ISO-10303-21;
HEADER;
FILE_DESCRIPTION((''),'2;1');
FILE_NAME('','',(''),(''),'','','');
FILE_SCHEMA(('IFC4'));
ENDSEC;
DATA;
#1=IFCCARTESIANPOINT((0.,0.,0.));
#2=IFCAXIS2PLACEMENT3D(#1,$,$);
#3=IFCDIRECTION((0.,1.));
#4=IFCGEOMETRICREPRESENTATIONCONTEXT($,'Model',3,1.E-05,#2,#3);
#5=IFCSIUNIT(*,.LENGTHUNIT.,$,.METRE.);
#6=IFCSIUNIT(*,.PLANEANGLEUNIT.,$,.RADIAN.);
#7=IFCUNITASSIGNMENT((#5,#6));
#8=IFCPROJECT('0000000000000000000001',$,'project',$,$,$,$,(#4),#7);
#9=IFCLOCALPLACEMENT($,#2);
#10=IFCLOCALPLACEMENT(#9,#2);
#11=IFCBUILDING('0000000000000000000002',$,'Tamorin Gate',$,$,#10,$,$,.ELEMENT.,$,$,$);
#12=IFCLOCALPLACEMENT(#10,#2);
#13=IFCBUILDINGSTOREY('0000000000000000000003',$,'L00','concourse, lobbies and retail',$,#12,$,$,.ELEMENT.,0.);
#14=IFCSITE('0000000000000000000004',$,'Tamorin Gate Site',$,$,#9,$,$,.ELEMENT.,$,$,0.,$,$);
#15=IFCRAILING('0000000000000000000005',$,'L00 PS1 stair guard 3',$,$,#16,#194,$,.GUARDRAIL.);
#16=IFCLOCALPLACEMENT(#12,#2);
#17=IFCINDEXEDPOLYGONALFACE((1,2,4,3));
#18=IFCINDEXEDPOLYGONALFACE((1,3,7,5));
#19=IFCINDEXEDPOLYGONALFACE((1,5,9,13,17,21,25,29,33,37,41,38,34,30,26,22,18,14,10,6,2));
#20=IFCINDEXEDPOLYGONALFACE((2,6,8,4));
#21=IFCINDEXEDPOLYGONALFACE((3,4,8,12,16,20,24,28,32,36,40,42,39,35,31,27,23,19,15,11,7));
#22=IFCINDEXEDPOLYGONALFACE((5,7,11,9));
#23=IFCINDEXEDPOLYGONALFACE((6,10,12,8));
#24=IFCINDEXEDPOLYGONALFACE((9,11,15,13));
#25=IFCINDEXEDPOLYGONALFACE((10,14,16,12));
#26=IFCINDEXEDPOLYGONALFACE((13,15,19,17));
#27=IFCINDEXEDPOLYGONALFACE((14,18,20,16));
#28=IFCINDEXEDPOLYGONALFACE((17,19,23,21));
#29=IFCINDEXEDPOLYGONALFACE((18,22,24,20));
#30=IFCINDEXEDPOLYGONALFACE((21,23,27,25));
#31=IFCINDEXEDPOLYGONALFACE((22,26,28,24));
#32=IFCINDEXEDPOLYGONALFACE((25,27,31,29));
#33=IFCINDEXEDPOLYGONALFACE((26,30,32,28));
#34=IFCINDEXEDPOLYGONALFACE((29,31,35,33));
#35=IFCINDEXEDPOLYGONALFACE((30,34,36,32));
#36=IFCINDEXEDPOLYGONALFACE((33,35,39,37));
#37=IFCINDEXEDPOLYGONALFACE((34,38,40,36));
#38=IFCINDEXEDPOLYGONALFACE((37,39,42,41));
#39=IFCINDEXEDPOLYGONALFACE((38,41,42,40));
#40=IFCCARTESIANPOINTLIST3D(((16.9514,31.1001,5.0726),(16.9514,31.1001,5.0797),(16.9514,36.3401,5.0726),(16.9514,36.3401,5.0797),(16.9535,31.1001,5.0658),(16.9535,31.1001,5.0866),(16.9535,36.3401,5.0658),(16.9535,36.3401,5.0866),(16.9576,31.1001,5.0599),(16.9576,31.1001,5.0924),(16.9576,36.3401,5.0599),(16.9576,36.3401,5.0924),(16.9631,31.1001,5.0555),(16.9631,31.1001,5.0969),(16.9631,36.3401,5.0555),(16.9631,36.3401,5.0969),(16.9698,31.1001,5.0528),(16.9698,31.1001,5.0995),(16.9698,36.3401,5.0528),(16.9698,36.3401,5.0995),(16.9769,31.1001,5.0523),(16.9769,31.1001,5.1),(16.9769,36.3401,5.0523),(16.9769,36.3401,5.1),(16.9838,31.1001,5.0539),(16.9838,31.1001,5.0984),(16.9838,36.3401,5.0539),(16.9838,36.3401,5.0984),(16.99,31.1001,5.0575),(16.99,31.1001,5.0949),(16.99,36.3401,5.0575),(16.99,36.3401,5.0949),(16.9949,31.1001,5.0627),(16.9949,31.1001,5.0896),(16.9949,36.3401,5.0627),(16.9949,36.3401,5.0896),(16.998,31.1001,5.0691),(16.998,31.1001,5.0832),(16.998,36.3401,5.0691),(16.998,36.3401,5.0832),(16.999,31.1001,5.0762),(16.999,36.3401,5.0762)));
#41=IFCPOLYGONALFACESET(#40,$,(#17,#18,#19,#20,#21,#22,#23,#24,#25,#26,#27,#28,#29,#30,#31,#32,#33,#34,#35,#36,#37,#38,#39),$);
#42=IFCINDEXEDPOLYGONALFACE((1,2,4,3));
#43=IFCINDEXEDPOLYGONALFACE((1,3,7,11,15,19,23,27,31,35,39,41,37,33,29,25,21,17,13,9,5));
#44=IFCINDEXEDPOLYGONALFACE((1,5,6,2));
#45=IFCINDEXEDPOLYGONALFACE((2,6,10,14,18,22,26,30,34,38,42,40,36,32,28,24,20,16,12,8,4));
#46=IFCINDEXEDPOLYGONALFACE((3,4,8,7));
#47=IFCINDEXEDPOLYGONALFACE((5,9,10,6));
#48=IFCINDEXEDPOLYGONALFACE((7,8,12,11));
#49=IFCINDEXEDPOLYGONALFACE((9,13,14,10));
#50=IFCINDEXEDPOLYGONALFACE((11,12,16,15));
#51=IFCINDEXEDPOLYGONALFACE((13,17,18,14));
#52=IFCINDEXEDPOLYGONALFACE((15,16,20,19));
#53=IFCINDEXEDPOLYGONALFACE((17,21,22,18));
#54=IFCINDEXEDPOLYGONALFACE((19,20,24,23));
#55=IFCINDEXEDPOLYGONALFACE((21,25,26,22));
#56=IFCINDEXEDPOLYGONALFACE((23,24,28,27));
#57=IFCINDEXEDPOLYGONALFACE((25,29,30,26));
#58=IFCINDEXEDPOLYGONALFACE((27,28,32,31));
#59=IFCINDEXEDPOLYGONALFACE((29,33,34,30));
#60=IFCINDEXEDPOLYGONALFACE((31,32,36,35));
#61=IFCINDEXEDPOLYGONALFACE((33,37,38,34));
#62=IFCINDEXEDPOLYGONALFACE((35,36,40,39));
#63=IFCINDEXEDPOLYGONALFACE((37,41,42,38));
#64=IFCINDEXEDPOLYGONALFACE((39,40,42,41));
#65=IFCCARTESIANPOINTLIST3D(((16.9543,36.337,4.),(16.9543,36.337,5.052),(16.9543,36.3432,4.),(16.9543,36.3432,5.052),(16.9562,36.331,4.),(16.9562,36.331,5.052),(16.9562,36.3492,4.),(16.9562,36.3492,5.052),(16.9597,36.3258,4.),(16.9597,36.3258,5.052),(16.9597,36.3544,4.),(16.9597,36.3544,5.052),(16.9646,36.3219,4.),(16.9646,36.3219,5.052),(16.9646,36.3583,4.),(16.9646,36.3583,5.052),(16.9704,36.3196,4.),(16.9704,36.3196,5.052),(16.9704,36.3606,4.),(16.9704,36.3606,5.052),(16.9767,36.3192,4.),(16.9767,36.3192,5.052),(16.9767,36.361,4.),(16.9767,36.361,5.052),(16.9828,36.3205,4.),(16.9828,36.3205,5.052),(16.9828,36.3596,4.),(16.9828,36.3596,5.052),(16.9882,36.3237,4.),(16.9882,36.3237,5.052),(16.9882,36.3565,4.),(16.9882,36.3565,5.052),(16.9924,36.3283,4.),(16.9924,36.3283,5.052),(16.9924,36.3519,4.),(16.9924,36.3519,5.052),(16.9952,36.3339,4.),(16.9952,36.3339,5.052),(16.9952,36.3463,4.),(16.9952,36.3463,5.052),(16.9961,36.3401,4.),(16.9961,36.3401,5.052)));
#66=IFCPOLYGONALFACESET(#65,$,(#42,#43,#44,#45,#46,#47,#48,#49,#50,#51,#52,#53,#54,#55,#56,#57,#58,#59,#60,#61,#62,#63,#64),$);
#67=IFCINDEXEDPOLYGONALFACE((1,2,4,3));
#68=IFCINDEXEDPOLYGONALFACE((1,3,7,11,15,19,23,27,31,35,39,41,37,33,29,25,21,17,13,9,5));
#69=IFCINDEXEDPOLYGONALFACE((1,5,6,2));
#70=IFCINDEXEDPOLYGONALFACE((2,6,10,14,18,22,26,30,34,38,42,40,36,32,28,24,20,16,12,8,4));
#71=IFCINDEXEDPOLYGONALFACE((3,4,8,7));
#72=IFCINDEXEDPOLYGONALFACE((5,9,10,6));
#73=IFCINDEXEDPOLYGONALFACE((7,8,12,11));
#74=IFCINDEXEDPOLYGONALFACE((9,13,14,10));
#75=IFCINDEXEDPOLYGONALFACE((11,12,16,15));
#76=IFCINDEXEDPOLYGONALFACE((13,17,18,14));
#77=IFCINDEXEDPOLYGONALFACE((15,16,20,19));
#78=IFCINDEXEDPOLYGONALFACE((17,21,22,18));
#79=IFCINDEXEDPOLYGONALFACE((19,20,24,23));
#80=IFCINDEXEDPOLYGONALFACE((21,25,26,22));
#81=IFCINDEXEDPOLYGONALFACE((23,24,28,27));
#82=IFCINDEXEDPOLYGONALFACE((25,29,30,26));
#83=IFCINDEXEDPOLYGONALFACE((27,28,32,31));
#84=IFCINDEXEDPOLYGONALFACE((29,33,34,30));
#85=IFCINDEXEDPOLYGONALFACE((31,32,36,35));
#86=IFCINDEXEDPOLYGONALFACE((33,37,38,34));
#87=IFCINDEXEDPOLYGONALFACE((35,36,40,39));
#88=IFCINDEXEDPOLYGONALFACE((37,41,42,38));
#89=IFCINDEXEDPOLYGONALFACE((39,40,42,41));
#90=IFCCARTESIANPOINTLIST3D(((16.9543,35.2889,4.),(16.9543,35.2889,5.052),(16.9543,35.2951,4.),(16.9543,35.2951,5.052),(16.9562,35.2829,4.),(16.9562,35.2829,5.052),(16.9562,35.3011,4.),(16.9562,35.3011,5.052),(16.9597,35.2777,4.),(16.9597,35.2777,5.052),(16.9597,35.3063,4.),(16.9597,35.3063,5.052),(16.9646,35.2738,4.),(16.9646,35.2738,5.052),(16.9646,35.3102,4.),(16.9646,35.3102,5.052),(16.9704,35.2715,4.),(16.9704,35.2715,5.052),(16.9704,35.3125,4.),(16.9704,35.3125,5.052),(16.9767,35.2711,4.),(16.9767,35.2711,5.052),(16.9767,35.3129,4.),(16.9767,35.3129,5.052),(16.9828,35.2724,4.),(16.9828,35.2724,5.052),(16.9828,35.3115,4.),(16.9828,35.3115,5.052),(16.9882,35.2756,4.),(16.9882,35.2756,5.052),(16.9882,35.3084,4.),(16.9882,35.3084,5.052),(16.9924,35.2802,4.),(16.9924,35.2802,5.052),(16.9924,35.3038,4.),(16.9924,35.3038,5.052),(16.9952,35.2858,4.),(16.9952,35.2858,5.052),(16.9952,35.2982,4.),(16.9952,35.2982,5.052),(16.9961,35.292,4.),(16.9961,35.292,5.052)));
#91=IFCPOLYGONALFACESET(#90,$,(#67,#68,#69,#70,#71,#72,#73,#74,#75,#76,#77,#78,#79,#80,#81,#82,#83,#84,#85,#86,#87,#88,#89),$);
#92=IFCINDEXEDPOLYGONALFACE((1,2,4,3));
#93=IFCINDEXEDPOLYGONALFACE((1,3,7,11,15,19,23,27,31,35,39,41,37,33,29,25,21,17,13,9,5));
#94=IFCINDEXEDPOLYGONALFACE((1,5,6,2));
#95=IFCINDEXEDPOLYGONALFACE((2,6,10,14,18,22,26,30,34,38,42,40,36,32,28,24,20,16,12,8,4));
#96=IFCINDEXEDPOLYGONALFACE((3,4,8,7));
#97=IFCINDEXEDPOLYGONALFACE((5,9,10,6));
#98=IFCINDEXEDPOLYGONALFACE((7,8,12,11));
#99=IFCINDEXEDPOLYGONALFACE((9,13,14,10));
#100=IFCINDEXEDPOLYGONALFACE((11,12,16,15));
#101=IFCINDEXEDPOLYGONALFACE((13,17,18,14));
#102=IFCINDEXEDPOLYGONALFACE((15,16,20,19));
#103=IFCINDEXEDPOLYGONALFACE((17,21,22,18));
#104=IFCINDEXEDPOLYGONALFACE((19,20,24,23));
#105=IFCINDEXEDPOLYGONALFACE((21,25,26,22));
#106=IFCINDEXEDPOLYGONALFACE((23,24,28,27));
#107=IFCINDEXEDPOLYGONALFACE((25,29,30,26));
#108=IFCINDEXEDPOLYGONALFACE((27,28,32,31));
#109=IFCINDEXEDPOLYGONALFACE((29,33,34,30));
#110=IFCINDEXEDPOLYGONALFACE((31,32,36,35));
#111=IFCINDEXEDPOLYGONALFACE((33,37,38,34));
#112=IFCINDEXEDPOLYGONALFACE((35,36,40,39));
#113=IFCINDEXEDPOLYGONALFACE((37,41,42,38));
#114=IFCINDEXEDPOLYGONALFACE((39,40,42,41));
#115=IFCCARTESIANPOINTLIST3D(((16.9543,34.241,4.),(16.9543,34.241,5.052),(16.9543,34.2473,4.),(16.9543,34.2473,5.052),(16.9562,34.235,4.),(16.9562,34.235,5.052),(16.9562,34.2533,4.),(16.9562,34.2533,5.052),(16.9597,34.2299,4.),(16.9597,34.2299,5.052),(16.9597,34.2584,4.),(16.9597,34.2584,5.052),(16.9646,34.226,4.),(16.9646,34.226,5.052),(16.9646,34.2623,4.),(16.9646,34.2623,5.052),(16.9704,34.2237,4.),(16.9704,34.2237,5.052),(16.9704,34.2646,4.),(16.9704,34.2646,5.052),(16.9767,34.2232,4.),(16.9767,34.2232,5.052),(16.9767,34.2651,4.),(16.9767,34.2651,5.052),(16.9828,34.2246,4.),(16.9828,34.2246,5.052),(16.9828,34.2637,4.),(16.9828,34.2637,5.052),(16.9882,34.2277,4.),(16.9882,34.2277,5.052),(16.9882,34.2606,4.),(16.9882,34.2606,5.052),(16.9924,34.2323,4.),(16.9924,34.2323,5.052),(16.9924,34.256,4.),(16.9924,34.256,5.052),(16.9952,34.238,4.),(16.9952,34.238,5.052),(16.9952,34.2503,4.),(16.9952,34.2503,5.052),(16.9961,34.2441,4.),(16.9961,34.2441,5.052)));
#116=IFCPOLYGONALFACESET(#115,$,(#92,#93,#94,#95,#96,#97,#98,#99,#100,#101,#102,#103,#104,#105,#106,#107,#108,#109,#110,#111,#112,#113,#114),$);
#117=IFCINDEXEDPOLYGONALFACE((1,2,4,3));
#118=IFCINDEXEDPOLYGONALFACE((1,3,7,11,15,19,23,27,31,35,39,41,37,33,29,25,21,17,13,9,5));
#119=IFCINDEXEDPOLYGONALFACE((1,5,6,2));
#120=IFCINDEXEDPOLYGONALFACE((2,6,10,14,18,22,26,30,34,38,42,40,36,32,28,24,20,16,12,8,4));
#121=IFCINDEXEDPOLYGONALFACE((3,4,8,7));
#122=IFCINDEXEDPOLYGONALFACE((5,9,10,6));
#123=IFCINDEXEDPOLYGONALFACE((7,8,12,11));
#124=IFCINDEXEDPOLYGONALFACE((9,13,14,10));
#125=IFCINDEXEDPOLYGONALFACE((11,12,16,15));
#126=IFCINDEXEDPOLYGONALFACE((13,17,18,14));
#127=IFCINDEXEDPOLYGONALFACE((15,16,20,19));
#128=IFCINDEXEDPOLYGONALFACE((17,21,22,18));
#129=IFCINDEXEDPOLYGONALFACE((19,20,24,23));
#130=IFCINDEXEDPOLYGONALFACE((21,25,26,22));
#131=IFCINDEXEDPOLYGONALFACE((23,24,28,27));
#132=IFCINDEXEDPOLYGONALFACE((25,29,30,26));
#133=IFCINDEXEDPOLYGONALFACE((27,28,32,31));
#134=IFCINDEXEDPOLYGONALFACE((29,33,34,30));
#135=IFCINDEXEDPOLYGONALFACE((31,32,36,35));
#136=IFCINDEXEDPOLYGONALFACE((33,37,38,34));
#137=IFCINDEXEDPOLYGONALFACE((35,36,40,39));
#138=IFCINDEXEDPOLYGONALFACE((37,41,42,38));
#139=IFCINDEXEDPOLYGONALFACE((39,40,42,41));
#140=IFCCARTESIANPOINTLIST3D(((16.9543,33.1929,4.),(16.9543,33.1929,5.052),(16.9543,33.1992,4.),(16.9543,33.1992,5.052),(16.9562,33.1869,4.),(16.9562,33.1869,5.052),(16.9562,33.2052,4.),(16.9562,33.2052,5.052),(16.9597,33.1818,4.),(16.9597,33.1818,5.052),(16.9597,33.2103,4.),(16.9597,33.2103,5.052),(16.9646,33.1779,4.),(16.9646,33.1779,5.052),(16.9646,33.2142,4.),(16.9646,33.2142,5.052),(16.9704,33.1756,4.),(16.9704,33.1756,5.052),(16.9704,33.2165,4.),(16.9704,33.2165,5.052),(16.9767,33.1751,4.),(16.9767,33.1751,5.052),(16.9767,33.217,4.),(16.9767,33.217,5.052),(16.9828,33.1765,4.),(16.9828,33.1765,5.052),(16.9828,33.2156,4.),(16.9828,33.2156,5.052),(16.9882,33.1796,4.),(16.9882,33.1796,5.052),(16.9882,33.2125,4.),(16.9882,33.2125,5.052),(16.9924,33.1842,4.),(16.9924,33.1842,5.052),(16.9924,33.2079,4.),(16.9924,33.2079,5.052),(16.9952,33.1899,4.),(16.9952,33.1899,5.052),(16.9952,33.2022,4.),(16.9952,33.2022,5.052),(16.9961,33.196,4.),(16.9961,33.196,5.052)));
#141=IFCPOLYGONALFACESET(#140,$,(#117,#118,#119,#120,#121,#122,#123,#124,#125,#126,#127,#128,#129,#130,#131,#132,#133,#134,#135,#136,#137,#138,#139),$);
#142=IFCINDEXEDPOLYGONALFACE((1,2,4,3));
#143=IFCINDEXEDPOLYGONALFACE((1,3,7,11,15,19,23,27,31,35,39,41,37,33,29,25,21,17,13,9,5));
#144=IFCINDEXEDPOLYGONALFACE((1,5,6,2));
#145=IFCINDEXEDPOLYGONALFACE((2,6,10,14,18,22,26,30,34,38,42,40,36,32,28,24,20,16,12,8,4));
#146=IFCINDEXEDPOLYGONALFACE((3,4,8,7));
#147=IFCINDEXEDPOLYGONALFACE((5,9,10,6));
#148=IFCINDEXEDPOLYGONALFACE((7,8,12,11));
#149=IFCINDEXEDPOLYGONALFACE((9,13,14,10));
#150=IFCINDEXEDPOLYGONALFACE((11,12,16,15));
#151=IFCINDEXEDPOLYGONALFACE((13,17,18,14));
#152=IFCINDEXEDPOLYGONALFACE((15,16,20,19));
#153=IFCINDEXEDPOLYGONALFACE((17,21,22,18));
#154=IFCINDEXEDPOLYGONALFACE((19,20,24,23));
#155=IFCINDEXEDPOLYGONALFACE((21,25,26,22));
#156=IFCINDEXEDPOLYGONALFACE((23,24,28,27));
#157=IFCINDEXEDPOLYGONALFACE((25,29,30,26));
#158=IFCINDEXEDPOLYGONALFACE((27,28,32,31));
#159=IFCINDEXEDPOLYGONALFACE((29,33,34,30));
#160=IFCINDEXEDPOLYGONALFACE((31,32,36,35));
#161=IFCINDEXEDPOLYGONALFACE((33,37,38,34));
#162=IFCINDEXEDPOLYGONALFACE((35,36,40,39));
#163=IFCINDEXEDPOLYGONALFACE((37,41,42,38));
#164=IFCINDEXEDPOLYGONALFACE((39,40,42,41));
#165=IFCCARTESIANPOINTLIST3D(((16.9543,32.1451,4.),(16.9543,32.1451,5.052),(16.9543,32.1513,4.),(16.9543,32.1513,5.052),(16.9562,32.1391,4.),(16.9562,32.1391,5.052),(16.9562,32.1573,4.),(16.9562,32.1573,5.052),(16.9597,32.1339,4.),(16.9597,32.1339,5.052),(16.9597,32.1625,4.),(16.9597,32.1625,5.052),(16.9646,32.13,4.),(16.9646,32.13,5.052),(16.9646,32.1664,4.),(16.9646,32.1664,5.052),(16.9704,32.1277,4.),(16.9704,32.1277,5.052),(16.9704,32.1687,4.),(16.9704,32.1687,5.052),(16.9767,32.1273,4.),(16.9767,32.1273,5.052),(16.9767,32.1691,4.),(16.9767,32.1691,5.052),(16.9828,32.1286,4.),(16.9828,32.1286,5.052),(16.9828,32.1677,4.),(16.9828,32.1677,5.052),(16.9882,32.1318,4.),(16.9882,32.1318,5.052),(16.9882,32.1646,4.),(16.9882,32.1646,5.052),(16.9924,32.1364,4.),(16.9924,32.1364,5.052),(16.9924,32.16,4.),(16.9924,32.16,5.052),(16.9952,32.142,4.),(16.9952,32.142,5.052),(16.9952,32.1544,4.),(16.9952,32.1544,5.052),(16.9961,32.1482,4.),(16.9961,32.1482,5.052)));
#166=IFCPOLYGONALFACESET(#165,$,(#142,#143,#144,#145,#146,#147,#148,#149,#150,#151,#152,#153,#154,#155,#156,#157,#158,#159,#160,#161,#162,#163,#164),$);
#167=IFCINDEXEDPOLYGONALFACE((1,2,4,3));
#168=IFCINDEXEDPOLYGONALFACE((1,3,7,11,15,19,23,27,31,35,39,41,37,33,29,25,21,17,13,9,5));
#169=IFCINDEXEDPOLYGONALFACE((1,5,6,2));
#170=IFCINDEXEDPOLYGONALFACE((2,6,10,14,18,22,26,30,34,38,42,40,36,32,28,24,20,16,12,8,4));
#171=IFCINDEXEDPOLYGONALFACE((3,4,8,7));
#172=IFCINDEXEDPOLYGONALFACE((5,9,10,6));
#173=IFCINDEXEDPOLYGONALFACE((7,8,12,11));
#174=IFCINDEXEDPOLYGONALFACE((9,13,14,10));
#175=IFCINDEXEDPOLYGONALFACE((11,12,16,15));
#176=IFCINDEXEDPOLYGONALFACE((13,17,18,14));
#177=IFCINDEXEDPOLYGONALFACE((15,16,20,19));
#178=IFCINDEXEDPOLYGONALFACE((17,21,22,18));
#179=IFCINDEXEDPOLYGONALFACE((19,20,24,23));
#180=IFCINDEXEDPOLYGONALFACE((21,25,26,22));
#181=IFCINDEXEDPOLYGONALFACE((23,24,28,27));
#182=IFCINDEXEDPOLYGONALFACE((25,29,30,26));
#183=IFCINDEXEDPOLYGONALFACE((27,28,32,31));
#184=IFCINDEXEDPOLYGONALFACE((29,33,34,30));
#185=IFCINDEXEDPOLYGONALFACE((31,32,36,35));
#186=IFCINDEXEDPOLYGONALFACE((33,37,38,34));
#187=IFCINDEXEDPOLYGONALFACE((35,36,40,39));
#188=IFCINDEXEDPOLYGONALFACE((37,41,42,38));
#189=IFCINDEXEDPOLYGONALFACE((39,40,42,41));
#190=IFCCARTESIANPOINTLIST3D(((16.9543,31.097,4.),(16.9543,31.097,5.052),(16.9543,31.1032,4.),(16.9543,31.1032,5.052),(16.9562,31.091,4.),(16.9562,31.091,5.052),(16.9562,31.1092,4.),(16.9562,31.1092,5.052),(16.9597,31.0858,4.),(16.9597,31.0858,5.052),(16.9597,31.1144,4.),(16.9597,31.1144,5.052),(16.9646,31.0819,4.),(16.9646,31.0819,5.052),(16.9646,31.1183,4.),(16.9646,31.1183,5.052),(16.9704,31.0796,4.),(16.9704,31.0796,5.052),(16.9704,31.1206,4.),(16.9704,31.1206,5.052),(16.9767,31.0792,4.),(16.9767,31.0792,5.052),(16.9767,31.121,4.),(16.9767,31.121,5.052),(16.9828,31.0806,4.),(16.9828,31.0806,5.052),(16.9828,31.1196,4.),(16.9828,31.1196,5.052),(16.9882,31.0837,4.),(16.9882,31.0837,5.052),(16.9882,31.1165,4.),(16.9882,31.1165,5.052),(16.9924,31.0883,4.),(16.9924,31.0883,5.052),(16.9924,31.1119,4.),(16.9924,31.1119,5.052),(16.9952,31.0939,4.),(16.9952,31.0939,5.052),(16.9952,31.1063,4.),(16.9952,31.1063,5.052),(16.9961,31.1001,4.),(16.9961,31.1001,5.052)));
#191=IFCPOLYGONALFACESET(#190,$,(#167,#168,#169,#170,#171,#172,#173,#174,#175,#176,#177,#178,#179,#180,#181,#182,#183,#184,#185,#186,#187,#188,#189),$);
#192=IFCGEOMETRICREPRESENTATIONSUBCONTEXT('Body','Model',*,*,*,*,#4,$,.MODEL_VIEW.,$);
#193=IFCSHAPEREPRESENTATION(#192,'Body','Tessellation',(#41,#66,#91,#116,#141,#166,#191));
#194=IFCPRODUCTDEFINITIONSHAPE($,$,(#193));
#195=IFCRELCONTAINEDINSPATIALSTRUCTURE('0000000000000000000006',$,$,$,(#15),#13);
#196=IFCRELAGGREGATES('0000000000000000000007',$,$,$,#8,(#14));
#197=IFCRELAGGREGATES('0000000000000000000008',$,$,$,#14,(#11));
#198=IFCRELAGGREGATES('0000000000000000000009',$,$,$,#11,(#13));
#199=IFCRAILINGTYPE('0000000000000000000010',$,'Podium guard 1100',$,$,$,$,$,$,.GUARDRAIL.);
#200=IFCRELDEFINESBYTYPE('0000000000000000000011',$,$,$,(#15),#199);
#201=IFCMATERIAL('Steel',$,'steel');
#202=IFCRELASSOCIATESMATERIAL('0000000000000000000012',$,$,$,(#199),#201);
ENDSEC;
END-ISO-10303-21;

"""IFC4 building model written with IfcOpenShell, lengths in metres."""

from ifc_helpers import new_model, si_unit, direction, frame, origin, origin_2d, place, context, subcontext, project, spatial, circle, extrude, material, type_object, element, save


model = new_model("IFC4")

# Units and contexts
model_context = context("Model", 3, precision=1e-05, world=origin(), true_north=direction((0.0, 1.0)))
body_context = subcontext(model_context, "Body", "Model", "MODEL_VIEW")
ifc_project = project(units=[si_unit("LENGTHUNIT", "METRE"), si_unit("PLANEANGLEUNIT", "RADIAN")], contexts=[model_context])

# Site, building, storey
site_placement = place(None, origin())
site = spatial("IfcSite", under=ifc_project, at=site_placement, Name="Tamorin Gate Site", CompositionType="ELEMENT", RefElevation=0.0)
building_placement = place(site_placement, origin())
building = spatial("IfcBuilding", under=site, at=building_placement, Name="Tamorin Gate", CompositionType="ELEMENT")
storey_placement = place(building_placement, origin())
storey = spatial("IfcBuildingStorey", under=building, at=storey_placement, Name="L00", Description="concourse, lobbies and retail", CompositionType="ELEMENT", Elevation=0.0)

# Railing
ifc_material_1 = material(Name="Steel", Category="steel")
railing_type_1 = type_object("IfcRailingType", Name="Podium guard 1100", PredefinedType="GUARDRAIL", material=ifc_material_1)
for number, where, name in (
    (1, (16.9751, 36.3401, 4.0), "L00 PS1 stair guard 3"),
):
    element("IfcRailing", number, at=place(storey_placement, frame(where)), inside=storey, type_object=railing_type_1, Name=name, PredefinedType="GUARDRAIL", context=body_context, shape_type="SweptSolid", body=[
        extrude(circle(Radius=0.0239, at=origin_2d()), frame((0.0, 0.0, 1.0762), z_axis=(0.0, -1.0, 0.0), x_axis=(1.0, 0.0, 0.0)), (0.0, 0.0, 1.0), 5.24),
        extrude(circle(Radius=0.021, at=origin_2d()), origin(), (0.0, 0.0, 1.0), 1.052),
        extrude(circle(Radius=0.021, at=origin_2d()), frame((0.0, -1.0481, 0.0)), (0.0, 0.0, 1.0), 1.052),
        extrude(circle(Radius=0.021, at=origin_2d()), frame((0.0, -2.0959, 0.0)), (0.0, 0.0, 1.0), 1.052),
        extrude(circle(Radius=0.021, at=origin_2d()), frame((0.0, -3.144, 0.0)), (0.0, 0.0, 1.0), 1.052),
        extrude(circle(Radius=0.021, at=origin_2d()), frame((0.0, -4.1919, 0.0)), (0.0, 0.0, 1.0), 1.052),
        extrude(circle(Radius=0.021, at=origin_2d()), frame((0.0, -5.24, 0.0)), (0.0, 0.0, 1.0), 1.052),
    ])

save(model, "model.ifc")
